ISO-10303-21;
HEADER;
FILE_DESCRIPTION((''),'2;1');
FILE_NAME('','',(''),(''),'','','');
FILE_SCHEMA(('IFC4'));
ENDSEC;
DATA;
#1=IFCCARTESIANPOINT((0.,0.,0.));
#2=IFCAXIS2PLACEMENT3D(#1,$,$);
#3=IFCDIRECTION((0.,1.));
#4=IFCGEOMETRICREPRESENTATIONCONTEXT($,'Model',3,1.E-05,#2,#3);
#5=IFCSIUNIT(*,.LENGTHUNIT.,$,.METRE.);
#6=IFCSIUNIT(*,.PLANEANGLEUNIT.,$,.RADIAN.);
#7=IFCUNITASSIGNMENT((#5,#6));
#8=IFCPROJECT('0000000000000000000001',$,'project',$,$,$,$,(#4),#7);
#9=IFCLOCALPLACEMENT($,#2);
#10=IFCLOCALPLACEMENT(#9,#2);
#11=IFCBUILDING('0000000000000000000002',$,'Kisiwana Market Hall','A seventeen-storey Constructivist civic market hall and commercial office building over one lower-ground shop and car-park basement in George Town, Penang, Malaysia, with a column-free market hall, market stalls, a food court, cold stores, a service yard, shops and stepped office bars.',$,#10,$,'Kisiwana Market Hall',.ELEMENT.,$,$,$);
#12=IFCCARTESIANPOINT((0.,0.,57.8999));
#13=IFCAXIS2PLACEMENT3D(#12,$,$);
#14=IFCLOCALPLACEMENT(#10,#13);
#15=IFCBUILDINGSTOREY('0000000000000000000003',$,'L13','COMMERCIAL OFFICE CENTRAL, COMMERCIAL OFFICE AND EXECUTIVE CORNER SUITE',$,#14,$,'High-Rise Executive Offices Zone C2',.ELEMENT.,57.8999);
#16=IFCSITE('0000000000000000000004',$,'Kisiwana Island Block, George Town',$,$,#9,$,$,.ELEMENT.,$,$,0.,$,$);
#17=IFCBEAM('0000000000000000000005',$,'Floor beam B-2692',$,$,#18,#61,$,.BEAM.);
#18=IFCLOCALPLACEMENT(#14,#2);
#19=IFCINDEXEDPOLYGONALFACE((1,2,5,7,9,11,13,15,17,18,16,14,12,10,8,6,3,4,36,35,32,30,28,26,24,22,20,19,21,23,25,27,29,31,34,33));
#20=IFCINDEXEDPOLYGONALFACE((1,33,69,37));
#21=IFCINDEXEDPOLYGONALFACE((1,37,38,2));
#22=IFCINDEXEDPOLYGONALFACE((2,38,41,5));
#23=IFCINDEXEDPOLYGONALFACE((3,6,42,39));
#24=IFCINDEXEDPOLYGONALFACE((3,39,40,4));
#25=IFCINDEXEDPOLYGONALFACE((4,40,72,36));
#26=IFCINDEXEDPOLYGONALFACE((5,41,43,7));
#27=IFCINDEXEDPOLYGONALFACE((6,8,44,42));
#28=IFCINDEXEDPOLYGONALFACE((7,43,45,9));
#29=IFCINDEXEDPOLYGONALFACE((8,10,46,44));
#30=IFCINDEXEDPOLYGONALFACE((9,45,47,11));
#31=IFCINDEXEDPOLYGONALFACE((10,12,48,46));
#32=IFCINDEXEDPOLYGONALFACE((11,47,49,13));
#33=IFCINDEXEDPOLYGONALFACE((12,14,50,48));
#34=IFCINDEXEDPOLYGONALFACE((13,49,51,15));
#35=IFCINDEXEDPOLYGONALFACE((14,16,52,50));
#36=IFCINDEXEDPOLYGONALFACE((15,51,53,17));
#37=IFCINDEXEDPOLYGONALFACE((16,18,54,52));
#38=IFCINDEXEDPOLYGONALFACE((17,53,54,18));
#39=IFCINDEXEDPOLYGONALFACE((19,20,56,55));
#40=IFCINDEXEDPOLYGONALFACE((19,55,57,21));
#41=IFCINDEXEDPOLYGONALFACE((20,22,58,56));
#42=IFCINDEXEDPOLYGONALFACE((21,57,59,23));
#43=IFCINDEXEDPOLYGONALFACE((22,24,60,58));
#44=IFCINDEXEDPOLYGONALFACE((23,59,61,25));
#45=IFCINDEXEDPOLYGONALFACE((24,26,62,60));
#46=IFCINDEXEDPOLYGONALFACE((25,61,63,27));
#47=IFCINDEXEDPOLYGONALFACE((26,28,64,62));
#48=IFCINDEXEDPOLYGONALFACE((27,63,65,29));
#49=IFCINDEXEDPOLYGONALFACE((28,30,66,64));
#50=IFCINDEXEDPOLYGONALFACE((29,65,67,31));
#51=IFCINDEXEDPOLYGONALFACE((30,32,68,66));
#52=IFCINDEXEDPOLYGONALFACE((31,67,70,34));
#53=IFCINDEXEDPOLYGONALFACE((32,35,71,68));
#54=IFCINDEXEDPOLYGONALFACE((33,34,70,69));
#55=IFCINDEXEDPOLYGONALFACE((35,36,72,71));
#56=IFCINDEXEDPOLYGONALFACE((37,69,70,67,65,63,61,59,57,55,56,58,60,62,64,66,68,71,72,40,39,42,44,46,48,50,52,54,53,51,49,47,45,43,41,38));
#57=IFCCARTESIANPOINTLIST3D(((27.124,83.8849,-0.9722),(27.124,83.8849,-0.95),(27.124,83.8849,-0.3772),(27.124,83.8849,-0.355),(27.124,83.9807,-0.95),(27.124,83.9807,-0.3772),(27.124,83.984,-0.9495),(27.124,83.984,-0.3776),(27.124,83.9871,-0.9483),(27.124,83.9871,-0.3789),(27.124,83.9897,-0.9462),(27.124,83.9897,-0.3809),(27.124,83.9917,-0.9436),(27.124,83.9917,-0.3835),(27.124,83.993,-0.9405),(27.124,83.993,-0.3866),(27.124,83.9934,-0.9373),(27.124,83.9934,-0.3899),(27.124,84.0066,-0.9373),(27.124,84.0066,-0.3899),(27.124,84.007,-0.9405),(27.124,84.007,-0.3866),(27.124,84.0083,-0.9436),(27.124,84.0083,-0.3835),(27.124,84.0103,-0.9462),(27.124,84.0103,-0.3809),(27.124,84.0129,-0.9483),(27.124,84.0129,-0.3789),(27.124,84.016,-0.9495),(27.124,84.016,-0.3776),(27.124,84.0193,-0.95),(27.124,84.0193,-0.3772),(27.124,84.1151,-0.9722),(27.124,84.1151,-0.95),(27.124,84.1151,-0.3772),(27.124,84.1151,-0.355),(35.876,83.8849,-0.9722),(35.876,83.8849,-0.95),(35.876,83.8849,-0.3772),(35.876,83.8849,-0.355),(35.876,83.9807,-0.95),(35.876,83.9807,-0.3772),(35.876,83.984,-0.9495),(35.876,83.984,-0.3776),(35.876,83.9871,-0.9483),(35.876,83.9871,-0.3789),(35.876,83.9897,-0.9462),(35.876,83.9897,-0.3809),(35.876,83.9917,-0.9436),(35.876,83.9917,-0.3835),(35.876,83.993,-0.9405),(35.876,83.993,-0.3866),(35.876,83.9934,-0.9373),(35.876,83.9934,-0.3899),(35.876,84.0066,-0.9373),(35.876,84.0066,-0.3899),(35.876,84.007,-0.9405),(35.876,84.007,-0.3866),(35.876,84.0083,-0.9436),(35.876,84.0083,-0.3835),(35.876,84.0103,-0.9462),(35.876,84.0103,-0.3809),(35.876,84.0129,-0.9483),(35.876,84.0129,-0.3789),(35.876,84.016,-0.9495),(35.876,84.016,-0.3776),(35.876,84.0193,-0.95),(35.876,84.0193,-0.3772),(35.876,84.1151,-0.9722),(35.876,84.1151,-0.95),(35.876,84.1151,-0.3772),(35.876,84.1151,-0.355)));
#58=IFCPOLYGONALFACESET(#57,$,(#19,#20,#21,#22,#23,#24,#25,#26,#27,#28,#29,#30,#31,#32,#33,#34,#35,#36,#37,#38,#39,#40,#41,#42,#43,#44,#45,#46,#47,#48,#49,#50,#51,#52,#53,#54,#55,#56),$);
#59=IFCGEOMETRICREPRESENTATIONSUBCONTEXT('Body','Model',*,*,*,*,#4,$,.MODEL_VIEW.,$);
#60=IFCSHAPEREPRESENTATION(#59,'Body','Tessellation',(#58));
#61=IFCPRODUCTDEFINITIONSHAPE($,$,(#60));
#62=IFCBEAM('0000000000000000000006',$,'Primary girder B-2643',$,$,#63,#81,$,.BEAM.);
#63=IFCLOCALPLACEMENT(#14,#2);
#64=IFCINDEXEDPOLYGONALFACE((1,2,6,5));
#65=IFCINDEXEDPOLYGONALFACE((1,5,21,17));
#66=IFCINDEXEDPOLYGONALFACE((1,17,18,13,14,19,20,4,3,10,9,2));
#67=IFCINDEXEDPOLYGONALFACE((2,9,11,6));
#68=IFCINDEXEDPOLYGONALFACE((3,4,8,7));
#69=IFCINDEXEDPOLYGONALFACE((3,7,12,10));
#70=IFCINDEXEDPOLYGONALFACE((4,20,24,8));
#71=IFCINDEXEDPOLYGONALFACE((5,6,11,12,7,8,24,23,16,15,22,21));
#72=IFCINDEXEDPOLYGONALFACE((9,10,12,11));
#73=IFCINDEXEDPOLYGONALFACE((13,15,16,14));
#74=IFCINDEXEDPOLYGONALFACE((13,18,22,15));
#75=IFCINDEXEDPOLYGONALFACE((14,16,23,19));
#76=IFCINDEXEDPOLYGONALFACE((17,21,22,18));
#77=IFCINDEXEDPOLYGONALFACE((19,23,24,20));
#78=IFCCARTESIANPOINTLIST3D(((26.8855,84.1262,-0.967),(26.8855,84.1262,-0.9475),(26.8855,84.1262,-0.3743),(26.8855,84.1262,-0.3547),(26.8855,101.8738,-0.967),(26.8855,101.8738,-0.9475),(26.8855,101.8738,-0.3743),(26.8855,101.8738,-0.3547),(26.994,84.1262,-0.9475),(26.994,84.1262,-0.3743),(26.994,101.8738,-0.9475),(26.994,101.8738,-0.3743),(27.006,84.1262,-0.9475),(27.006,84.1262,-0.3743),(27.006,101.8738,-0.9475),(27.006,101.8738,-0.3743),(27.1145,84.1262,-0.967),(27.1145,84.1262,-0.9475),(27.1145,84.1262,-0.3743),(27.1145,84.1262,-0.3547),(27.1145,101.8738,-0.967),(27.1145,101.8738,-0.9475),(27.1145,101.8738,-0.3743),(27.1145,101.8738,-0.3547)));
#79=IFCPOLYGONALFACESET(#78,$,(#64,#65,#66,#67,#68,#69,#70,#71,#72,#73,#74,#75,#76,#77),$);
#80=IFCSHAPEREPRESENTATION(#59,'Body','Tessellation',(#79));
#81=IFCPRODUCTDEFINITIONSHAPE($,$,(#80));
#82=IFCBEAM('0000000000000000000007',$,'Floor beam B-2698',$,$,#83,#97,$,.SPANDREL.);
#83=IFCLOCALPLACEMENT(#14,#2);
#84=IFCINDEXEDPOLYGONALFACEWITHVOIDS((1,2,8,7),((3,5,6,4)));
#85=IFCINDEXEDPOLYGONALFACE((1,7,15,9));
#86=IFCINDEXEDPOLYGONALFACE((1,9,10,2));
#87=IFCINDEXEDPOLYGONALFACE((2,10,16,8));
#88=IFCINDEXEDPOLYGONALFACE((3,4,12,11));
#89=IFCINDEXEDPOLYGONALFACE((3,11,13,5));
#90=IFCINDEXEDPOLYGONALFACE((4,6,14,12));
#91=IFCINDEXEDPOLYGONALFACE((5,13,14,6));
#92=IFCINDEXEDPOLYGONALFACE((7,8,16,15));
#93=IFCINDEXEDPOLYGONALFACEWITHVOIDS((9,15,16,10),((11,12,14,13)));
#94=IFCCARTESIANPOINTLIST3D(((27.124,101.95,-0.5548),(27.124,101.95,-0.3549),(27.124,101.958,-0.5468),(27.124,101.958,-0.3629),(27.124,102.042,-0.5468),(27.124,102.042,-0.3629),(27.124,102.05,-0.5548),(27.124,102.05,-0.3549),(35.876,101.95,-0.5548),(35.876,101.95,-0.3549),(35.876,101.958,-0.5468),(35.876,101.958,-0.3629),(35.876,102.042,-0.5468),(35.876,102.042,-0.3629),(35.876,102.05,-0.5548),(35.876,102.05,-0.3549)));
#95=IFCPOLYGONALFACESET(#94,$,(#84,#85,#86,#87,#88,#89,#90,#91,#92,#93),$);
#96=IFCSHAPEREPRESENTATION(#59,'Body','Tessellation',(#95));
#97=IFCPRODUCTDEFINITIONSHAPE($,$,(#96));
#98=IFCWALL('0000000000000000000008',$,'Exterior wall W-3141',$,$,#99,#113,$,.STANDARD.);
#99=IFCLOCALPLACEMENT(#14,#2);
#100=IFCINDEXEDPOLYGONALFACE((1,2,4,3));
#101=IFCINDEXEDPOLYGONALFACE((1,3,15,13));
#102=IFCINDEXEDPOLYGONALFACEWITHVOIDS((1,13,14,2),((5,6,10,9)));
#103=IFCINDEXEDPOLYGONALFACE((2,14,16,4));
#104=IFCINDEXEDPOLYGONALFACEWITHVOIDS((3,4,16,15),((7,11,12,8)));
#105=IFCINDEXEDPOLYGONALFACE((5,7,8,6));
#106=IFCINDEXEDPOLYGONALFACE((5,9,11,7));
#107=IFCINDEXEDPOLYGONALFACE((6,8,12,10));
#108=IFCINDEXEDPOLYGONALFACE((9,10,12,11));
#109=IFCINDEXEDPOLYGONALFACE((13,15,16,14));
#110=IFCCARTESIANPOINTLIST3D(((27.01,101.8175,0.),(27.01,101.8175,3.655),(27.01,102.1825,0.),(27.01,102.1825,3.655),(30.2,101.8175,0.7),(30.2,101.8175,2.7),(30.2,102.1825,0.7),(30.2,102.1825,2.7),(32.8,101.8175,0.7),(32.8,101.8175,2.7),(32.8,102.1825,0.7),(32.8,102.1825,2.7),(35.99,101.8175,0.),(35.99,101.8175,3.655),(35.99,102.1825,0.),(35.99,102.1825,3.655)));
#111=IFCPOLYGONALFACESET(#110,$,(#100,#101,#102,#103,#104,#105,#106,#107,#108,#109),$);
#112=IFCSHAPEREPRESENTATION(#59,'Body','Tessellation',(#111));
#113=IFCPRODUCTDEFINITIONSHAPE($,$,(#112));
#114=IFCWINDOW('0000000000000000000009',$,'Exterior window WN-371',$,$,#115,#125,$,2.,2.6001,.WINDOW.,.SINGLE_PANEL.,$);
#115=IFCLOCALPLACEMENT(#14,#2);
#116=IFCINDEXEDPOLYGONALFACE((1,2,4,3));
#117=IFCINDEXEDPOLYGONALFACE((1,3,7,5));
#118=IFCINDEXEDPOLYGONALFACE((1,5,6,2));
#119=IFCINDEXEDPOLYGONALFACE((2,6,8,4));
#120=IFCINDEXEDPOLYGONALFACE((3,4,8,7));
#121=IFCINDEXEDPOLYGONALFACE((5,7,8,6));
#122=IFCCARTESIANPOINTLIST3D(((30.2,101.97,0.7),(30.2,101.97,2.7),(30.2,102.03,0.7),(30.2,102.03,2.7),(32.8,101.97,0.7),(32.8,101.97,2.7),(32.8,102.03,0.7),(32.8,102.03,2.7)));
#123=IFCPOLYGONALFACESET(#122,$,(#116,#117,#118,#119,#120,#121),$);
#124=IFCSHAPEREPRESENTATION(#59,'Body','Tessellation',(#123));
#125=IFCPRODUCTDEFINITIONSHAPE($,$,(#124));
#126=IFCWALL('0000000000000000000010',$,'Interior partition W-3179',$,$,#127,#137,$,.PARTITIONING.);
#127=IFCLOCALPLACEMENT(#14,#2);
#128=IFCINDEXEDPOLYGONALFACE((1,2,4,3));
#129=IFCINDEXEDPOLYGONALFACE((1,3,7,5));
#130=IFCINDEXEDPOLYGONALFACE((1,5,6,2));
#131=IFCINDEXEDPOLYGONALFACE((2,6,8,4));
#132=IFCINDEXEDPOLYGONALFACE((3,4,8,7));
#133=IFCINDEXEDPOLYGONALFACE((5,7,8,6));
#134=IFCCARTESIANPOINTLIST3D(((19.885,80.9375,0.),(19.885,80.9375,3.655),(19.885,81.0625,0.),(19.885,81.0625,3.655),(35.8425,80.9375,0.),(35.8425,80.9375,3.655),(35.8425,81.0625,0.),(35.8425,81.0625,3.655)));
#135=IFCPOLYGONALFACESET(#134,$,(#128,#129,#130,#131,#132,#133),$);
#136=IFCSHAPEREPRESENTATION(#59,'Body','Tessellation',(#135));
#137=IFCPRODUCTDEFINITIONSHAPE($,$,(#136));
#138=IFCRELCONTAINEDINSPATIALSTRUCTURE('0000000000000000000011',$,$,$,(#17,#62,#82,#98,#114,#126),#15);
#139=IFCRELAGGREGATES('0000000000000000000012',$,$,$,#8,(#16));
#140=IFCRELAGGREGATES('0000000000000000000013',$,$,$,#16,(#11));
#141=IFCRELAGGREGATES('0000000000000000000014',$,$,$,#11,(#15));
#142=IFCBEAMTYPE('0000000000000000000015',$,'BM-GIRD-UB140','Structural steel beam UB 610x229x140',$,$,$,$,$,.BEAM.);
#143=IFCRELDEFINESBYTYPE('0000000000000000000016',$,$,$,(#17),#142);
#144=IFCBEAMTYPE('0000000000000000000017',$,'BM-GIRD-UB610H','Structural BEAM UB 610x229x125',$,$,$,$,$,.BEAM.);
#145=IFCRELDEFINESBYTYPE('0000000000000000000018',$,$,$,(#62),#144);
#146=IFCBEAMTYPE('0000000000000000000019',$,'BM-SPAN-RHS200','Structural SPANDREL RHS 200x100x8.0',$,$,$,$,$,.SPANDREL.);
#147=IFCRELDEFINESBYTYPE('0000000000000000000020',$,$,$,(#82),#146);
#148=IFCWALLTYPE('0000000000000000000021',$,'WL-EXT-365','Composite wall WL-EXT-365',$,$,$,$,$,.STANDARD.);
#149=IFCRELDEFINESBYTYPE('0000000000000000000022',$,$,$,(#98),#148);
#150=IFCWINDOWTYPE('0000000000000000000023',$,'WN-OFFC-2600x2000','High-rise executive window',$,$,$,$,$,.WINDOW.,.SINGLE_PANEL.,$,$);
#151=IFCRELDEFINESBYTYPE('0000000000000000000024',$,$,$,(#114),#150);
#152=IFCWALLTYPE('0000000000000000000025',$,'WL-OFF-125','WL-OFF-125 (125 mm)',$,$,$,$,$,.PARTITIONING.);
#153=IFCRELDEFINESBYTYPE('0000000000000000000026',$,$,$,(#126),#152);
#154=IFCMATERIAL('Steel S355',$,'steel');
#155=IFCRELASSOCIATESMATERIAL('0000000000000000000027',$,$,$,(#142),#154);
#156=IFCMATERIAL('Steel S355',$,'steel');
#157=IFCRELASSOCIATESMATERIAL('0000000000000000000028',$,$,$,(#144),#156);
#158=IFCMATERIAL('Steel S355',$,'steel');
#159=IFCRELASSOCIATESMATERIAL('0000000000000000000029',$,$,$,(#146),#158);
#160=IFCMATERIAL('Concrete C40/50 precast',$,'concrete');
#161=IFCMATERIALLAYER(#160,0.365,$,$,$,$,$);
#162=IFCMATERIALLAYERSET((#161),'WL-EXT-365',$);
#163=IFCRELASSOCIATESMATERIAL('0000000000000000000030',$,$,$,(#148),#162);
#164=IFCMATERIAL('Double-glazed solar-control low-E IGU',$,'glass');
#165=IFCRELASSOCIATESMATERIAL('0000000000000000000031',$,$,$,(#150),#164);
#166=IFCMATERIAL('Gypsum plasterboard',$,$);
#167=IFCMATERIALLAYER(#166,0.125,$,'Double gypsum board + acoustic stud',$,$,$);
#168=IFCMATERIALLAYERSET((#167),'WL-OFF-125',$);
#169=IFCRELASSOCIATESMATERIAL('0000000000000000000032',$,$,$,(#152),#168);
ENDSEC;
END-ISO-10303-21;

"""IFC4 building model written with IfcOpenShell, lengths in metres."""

from ifc_helpers import new_model, si_unit, direction, frame, frame_2d, origin, origin_2d, place, context, subcontext, project, spatial, rectangle, hollow_rectangle, i_section, extrude, material, layer, layer_set, material_profile, profile_set, type_object, element, fill, save


model = new_model("IFC4")

# Units and contexts
model_context = context("Model", 3, precision=1e-05, world=origin(), true_north=direction((0.0, 1.0)))
body_context = subcontext(model_context, "Body", "Model", "MODEL_VIEW")
ifc_project = project(units=[si_unit("LENGTHUNIT", "METRE"), si_unit("PLANEANGLEUNIT", "RADIAN")], contexts=[model_context])

# Site, building, storey
site_placement = place(None, origin())
site = spatial("IfcSite", under=ifc_project, at=site_placement, Name="Kisiwana Island Block, George Town", CompositionType="ELEMENT", RefElevation=0.0)
building_placement = place(site_placement, origin())
building = spatial("IfcBuilding", under=site, at=building_placement, Name="Kisiwana Market Hall", Description="A seventeen-storey Constructivist civic market hall and commercial office building over one lower-ground shop and car-park basement in George Town, Penang, Malaysia, with a column-free market hall, market stalls, a food court, cold stores, a service yard, shops and stepped office bars.", LongName="Kisiwana Market Hall", CompositionType="ELEMENT")
storey_placement = place(building_placement, frame((0.0, 0.0, 57.8999)))
storey = spatial("IfcBuildingStorey", under=building, at=storey_placement, Name="L13", Description="COMMERCIAL OFFICE CENTRAL, COMMERCIAL OFFICE AND EXECUTIVE CORNER SUITE", LongName="High-Rise Executive Offices Zone C2", CompositionType="ELEMENT", Elevation=57.8999)

# Beams
ifc_material_1 = material(Name="Steel S355", Category="steel")
ifc_material_profile_1 = material_profile(ifc_material_1, i_section(OverallWidth=0.2302, OverallDepth=0.6172, WebThickness=0.0132, FlangeThickness=0.0222, FilletRadius=0.0127, at=origin_2d()), Name="UB 610x229x140")
ifc_profile_set_1 = profile_set([ifc_material_profile_1], Name="Steel S355")
beam_type_1 = type_object("IfcBeamType", Name="BM-GIRD-UB140", Description="Structural steel beam UB 610x229x140", PredefinedType="BEAM", material=ifc_profile_set_1)
beam_1_placement = place(storey_placement, frame((27.124, 84.0, -0.6636), z_axis=(1.0, 0.0, 0.0), x_axis=(0.0, 1.0, 0.0)))
element("IfcBeam", 1, at=beam_1_placement, inside=storey, type_object=beam_type_1, Name="Floor beam B-2692", PredefinedType="BEAM", context=body_context, shape_type="SweptSolid", body=[
    extrude(i_section(OverallWidth=0.2302, OverallDepth=0.6172, WebThickness=0.0132, FlangeThickness=0.0222, FilletRadius=0.0127, at=origin_2d()), origin(), (0.0, 0.0, 1.0), 8.752),
])
ifc_material_2 = material(Name="Steel S355", Category="steel")
ifc_material_profile_2 = material_profile(ifc_material_2, i_section(OverallWidth=0.229, OverallDepth=0.6123, WebThickness=0.012, FlangeThickness=0.0195, at=origin_2d()), Name="UB 610x229x125")
ifc_profile_set_2 = profile_set([ifc_material_profile_2], Name="Steel S355")
beam_type_2 = type_object("IfcBeamType", Name="BM-GIRD-UB610H", Description="Structural BEAM UB 610x229x125", PredefinedType="BEAM", material=ifc_profile_set_2)
beam_2_placement = place(storey_placement, frame((27.0, 84.1262, -0.6609), z_axis=(0.0, 1.0, 0.0), x_axis=(-1.0, 0.0, 0.0)))
element("IfcBeam", 2, at=beam_2_placement, inside=storey, type_object=beam_type_2, Name="Primary girder B-2643", PredefinedType="BEAM", context=body_context, shape_type="SweptSolid", body=[
    extrude(i_section(OverallWidth=0.229, OverallDepth=0.6123, WebThickness=0.012, FlangeThickness=0.0195, at=origin_2d()), origin(), (0.0, 0.0, 1.0), 17.7476),
])
ifc_material_3 = material(Name="Steel S355", Category="steel")
ifc_material_profile_3 = material_profile(ifc_material_3, hollow_rectangle(XDim=0.1001, YDim=0.2, WallThickness=0.0081, at=origin_2d()), Name="RHS 200x100x8.0")
ifc_profile_set_3 = profile_set([ifc_material_profile_3], Name="Steel S355")
beam_type_3 = type_object("IfcBeamType", Name="BM-SPAN-RHS200", Description="Structural SPANDREL RHS 200x100x8.0", PredefinedType="SPANDREL", material=ifc_profile_set_3)
beam_3_placement = place(storey_placement, frame((27.124, 102.0, -0.4548), z_axis=(1.0, 0.0, 0.0), x_axis=(0.0, 1.0, 0.0)))
element("IfcBeam", 3, at=beam_3_placement, inside=storey, type_object=beam_type_3, Name="Floor beam B-2698", PredefinedType="SPANDREL", context=body_context, shape_type="SweptSolid", body=[
    extrude(hollow_rectangle(XDim=0.1001, YDim=0.2, WallThickness=0.0081, at=origin_2d()), origin(), (0.0, 0.0, 1.0), 8.752),
])

# Wall, opening, window
ifc_material_4 = material(Name="Concrete C40/50 precast", Category="concrete")
ifc_layer_1 = layer(ifc_material_4, 0.365)
ifc_layer_set_1 = layer_set([ifc_layer_1], Name="WL-EXT-365")
wall_type_1 = type_object("IfcWallType", Name="WL-EXT-365", Description="Composite wall WL-EXT-365", PredefinedType="STANDARD", material=ifc_layer_set_1)
wall_1_placement = place(storey_placement, frame((27.01, 102.0, 0.0), z_axis=(0.0, 0.0, 1.0), x_axis=(1.0, 0.0, 0.0)))
wall_1 = element("IfcWall", 4, at=wall_1_placement, inside=storey, type_object=wall_type_1, Name="Exterior wall W-3141", PredefinedType="STANDARD", context=body_context, shape_type="SweptSolid", body=[
    extrude(rectangle(XDim=8.98, YDim=0.365, at=frame_2d((4.49, 0.0))), origin(), (0.0, 0.0, 1.0), 3.655),
])
opening_placement = place(wall_1_placement, frame((3.1899, 0.0, 0.7)))
opening = element("IfcOpeningElement", 5, at=opening_placement, cuts=wall_1, PredefinedType="OPENING", context=body_context, shape_type="SweptSolid", body=[
    extrude(rectangle(XDim=2.6001, YDim=2.0, at=frame_2d((1.3, 1.0))), frame((0.0, 0.1943, 0.0), z_axis=(0.0, -1.0, 0.0), x_axis=(1.0, 0.0, 0.0)), (0.0, 0.0, 1.0), 0.3889),
])
ifc_material_5 = material(Name="Double-glazed solar-control low-E IGU", Category="glass")
window_type = type_object("IfcWindowType", Name="WN-OFFC-2600x2000", Description="High-rise executive window", PartitioningType="SINGLE_PANEL", PredefinedType="WINDOW", material=ifc_material_5)
window_placement = place(opening_placement, origin())
window = element("IfcWindow", 6, at=window_placement, inside=storey, type_object=window_type, Name="Exterior window WN-371", OverallHeight=2.0, OverallWidth=2.6001, PartitioningType="SINGLE_PANEL", PredefinedType="WINDOW", context=body_context, shape_type="SweptSolid", body=[
    extrude(rectangle(XDim=2.6001, YDim=2.0, at=frame_2d((1.3, 1.0))), frame((0.0, 0.03, 0.0), z_axis=(0.0, -1.0, 0.0), x_axis=(1.0, 0.0, 0.0)), (0.0, 0.0, 1.0), 0.0601),
])
fill(opening, window)

# Wall
ifc_material_6 = material(Name="Gypsum plasterboard")
ifc_layer_2 = layer(ifc_material_6, 0.125, Name="Double gypsum board + acoustic stud")
ifc_layer_set_2 = layer_set([ifc_layer_2], Name="WL-OFF-125")
wall_type_2 = type_object("IfcWallType", Name="WL-OFF-125", Description="WL-OFF-125 (125 mm)", PredefinedType="PARTITIONING", material=ifc_layer_set_2)
wall_2_placement = place(storey_placement, frame((19.885, 81.0, 0.0), z_axis=(0.0, 0.0, 1.0), x_axis=(1.0, 0.0, 0.0)))
element("IfcWall", 7, at=wall_2_placement, inside=storey, type_object=wall_type_2, Name="Interior partition W-3179", PredefinedType="PARTITIONING", context=body_context, shape_type="SweptSolid", body=[
    extrude(rectangle(XDim=15.9575, YDim=0.125, at=frame_2d((7.9788, 0.0))), origin(), (0.0, 0.0, 1.0), 3.655),
])

save(model, "model.ifc")
